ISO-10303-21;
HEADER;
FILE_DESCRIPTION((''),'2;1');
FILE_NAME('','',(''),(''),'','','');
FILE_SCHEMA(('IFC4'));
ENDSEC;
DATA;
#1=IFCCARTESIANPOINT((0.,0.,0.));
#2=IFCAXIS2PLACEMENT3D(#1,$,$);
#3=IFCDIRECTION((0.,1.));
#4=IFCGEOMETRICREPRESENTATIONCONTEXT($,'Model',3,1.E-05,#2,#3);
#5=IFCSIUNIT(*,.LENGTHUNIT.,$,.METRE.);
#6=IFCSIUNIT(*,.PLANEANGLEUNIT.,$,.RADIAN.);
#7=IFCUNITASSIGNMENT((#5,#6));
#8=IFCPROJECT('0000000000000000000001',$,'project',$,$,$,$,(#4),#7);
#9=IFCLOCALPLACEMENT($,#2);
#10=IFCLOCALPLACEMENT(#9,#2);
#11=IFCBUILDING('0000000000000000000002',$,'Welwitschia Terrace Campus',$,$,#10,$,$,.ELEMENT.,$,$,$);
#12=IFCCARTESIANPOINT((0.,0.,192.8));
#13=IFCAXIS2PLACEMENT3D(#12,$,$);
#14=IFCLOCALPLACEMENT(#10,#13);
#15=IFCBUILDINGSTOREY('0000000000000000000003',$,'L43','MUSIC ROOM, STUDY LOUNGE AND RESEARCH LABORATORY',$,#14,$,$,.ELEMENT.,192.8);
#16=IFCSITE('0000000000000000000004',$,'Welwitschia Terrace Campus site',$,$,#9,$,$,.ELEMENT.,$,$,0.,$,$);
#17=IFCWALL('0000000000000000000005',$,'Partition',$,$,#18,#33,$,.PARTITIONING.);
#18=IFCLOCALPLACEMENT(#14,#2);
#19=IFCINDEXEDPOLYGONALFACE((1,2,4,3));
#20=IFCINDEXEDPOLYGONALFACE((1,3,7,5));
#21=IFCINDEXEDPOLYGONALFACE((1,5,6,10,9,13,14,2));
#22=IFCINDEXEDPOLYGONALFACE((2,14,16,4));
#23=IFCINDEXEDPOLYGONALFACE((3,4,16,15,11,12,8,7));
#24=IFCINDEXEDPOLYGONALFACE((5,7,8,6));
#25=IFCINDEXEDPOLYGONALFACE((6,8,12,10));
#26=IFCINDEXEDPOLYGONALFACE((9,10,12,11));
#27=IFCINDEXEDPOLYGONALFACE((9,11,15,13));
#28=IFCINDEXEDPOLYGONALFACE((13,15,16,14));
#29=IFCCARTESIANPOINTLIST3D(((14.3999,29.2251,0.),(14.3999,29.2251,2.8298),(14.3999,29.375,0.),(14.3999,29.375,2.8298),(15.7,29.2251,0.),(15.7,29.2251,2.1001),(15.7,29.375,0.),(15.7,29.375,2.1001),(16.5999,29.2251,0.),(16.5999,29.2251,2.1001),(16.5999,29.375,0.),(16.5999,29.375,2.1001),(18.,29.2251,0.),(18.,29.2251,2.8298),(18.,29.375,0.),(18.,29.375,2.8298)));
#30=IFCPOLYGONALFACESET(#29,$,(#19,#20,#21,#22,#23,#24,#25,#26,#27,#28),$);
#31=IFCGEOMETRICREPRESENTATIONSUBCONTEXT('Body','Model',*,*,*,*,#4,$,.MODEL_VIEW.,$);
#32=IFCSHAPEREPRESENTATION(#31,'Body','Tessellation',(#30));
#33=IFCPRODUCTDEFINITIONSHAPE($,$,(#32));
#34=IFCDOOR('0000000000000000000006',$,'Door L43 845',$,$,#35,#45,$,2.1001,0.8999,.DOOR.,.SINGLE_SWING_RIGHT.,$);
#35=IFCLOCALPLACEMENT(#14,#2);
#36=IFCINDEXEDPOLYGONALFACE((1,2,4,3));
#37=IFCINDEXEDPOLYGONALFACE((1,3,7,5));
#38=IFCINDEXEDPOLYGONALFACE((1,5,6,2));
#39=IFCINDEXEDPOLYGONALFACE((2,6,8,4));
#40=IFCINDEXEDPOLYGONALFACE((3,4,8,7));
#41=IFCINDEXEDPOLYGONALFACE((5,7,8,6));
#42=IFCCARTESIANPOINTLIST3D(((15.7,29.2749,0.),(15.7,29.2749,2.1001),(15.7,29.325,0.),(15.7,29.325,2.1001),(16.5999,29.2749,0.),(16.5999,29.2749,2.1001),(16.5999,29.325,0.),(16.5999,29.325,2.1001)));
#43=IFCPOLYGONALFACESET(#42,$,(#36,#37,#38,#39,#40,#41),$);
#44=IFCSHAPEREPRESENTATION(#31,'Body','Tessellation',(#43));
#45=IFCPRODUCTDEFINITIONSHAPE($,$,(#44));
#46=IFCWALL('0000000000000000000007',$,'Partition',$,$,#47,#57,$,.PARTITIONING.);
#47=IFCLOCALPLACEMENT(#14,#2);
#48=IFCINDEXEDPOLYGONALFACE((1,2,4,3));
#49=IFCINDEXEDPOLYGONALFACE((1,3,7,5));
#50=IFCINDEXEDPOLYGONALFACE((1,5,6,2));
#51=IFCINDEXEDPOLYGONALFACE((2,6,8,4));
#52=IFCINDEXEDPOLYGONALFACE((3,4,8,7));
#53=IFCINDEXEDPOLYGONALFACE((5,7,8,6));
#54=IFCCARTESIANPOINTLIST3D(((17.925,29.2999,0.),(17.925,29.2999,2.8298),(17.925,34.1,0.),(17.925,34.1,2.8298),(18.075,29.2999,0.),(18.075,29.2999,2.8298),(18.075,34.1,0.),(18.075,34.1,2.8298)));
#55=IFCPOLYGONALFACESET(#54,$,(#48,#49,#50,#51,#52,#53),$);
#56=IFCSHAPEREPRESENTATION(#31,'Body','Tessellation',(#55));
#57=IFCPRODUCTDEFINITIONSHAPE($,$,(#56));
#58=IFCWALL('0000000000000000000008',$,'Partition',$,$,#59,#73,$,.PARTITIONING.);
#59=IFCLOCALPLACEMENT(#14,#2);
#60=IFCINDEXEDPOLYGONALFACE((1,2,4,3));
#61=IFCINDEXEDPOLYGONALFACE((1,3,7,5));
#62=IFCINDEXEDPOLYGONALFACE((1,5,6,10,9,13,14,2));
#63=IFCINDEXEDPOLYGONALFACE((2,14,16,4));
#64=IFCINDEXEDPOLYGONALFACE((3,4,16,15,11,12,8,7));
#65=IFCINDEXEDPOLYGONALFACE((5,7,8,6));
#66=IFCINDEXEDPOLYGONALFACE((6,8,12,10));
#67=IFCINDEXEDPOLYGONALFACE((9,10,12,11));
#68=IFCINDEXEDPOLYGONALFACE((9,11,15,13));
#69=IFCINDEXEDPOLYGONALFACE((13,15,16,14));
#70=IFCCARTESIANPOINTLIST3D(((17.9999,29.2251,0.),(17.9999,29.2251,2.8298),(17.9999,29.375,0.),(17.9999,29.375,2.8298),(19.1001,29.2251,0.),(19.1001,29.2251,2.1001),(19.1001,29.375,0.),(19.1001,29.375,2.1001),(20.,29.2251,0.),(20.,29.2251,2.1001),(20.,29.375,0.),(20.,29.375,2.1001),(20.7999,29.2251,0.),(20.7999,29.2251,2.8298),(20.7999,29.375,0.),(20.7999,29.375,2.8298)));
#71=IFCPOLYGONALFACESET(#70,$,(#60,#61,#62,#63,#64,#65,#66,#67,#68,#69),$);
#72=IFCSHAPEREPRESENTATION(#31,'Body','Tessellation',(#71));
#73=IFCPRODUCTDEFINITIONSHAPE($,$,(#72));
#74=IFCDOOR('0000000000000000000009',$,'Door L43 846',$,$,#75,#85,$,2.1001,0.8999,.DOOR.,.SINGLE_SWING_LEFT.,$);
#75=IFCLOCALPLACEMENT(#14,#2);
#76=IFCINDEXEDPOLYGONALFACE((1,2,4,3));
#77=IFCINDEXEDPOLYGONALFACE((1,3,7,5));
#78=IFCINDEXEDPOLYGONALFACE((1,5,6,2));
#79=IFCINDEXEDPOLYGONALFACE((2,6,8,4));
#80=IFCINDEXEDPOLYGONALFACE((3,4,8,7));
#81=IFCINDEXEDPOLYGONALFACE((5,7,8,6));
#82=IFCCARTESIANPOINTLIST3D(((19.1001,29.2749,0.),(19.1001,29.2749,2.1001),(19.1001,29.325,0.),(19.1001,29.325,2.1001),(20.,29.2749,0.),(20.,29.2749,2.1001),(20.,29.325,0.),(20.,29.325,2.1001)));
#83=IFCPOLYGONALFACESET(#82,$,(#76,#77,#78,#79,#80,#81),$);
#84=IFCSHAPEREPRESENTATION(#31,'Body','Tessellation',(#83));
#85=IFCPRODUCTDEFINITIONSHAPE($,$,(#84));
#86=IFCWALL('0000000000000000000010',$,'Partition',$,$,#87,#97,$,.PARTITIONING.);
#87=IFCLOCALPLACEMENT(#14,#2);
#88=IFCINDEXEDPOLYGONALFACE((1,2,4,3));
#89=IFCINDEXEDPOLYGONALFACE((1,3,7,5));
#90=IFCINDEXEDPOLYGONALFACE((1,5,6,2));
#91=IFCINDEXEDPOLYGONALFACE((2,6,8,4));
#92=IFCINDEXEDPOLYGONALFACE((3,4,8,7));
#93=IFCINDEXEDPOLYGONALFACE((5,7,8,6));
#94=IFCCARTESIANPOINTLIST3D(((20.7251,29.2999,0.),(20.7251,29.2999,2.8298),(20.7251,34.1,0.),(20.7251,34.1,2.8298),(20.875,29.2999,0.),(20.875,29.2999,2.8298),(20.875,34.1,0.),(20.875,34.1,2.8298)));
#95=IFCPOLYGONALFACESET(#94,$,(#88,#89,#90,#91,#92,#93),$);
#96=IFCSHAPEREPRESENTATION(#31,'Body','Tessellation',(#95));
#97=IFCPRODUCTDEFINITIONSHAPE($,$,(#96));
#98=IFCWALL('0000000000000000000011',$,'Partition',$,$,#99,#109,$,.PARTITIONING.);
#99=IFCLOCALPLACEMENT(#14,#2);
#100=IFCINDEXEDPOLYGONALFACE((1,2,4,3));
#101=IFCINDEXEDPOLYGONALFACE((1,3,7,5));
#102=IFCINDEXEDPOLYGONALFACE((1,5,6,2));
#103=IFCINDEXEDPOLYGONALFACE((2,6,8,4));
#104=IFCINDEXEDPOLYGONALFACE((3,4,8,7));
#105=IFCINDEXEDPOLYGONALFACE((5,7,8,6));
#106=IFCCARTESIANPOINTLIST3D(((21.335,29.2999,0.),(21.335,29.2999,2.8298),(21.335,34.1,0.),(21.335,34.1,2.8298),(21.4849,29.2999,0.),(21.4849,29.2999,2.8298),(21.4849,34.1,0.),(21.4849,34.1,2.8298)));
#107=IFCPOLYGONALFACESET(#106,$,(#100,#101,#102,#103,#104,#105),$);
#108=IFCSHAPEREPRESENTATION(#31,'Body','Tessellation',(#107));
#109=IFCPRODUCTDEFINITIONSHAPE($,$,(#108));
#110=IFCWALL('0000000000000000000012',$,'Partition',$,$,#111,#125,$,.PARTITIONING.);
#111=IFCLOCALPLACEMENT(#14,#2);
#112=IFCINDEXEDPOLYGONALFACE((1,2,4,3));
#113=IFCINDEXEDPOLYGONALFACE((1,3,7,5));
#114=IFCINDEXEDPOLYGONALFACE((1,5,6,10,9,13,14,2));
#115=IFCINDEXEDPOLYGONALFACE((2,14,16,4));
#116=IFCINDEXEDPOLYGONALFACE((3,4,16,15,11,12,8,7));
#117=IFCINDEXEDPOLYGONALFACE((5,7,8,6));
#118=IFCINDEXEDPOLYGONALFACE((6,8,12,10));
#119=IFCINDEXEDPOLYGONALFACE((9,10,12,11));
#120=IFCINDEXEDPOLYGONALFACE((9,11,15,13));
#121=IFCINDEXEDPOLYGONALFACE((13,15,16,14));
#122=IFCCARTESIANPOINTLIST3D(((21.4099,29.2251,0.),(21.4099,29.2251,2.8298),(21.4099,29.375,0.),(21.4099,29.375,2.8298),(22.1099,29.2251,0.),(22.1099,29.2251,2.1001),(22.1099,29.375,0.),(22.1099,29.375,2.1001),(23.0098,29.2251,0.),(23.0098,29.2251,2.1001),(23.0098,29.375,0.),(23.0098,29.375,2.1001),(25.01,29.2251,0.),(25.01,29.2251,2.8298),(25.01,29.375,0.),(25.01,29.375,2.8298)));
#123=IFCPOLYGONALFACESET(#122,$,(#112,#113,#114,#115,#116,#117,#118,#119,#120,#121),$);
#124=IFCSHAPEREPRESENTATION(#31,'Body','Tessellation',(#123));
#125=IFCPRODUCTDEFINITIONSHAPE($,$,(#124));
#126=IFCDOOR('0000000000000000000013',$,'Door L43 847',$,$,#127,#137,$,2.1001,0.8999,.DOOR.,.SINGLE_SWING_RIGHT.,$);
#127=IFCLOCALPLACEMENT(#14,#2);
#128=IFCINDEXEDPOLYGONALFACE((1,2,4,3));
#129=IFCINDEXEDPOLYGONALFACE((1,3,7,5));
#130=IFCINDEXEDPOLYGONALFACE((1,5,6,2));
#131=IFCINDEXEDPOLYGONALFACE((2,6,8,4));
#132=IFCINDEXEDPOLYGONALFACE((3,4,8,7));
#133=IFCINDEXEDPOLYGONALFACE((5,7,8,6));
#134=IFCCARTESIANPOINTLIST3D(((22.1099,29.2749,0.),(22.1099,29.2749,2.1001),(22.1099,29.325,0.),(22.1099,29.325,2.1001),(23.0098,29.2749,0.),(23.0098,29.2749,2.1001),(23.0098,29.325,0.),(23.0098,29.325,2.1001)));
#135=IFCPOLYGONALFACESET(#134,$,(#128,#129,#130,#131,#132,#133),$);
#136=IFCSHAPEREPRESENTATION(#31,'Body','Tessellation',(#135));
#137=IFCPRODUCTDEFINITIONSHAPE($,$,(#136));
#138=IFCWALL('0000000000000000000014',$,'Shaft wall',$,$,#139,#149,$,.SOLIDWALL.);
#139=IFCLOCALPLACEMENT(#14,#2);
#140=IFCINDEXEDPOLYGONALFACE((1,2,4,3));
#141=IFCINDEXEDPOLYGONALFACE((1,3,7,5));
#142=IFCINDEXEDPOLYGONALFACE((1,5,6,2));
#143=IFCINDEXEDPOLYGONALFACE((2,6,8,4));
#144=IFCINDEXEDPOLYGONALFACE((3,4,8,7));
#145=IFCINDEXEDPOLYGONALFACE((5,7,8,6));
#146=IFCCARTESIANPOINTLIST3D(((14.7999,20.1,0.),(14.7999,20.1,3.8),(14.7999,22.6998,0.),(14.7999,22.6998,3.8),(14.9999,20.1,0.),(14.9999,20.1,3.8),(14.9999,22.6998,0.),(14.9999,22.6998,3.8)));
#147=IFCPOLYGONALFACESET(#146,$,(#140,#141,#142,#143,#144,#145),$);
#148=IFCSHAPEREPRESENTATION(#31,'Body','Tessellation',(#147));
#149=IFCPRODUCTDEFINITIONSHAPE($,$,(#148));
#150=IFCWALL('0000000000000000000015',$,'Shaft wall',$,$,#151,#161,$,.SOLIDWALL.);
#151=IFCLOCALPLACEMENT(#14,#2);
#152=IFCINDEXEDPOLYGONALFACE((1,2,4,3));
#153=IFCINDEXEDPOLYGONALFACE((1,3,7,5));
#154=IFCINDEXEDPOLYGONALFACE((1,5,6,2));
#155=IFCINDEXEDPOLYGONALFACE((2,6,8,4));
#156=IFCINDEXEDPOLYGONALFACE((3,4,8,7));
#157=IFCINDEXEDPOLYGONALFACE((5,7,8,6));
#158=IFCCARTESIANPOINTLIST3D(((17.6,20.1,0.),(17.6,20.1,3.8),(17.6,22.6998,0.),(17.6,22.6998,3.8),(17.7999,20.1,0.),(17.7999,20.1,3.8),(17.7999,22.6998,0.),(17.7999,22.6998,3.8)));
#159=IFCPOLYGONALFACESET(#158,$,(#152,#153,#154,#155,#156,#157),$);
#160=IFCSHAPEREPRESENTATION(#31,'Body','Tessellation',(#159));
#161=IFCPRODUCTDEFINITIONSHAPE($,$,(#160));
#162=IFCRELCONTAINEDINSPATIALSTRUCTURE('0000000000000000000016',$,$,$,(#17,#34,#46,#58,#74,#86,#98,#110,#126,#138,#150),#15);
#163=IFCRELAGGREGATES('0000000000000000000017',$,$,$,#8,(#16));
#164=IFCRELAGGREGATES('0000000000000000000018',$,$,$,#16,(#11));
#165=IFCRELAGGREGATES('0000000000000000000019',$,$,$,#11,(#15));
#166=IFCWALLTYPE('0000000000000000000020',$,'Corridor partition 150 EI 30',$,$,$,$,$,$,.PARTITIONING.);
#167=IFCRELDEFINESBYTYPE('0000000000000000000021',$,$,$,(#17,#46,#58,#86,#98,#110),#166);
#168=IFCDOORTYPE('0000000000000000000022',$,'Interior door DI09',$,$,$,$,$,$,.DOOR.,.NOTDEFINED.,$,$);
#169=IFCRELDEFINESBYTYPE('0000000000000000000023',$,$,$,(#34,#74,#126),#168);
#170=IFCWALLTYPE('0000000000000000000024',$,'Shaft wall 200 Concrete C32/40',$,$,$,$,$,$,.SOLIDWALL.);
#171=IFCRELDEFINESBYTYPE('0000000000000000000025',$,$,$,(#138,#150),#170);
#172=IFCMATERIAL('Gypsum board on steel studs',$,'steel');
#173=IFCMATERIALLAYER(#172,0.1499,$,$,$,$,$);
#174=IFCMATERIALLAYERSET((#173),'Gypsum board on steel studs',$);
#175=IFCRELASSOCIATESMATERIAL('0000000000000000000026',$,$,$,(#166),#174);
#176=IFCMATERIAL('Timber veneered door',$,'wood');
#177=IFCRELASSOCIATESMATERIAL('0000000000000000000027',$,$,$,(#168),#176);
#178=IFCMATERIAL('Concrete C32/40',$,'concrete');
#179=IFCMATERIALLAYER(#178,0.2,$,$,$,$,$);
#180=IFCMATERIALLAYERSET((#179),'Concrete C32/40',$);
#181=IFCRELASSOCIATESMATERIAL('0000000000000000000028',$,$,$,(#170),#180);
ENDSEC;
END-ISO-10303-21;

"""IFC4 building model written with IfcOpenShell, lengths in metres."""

from ifc_helpers import new_model, si_unit, direction, frame, frame_2d, origin, place, context, subcontext, project, spatial, rectangle, extrude, material, layer, layer_set, type_object, element, fill, save


model = new_model("IFC4")

# Units and contexts
model_context = context("Model", 3, precision=1e-05, world=origin(), true_north=direction((0.0, 1.0)))
body_context = subcontext(model_context, "Body", "Model", "MODEL_VIEW")
ifc_project = project(units=[si_unit("LENGTHUNIT", "METRE"), si_unit("PLANEANGLEUNIT", "RADIAN")], contexts=[model_context])

# Site, building, storey
site_placement = place(None, origin())
site = spatial("IfcSite", under=ifc_project, at=site_placement, Name="Welwitschia Terrace Campus site", CompositionType="ELEMENT", RefElevation=0.0)
building_placement = place(site_placement, origin())
building = spatial("IfcBuilding", under=site, at=building_placement, Name="Welwitschia Terrace Campus", CompositionType="ELEMENT")
storey_placement = place(building_placement, frame((0.0, 0.0, 192.8)))
storey = spatial("IfcBuildingStorey", under=building, at=storey_placement, Name="L43", Description="MUSIC ROOM, STUDY LOUNGE AND RESEARCH LABORATORY", CompositionType="ELEMENT", Elevation=192.8)

# Wall, opening, door
ifc_material_1 = material(Name="Gypsum board on steel studs", Category="steel")
ifc_layer_1 = layer(ifc_material_1, 0.1499)
ifc_layer_set_1 = layer_set([ifc_layer_1], Name="Gypsum board on steel studs")
wall_type_1 = type_object("IfcWallType", Name="Corridor partition 150 EI 30", PredefinedType="PARTITIONING", material=ifc_layer_set_1)
wall_1_placement = place(storey_placement, frame((14.3999, 29.3, 0.0), z_axis=(0.0, 0.0, 1.0), x_axis=(1.0, 0.0, 0.0)))
wall_1 = element("IfcWall", 1, at=wall_1_placement, inside=storey, type_object=wall_type_1, Name="Partition", PredefinedType="PARTITIONING", context=body_context, shape_type="SweptSolid", body=[
    extrude(rectangle(XDim=3.6001, YDim=0.1499, at=frame_2d((1.8, 0.0))), origin(), (0.0, 0.0, 1.0), 2.8298),
])
opening_1_placement = place(wall_1_placement, frame((1.3, 0.0, 0.0)))
opening_1 = element("IfcOpeningElement", 2, at=opening_1_placement, cuts=wall_1, PredefinedType="OPENING", context=body_context, shape_type="SweptSolid", body=[
    extrude(rectangle(XDim=0.8999, YDim=2.1001, at=frame_2d((0.45, 1.05))), frame((0.0, 0.085, 0.0), z_axis=(0.0, -1.0, 0.0), x_axis=(1.0, 0.0, 0.0)), (0.0, 0.0, 1.0), 0.1699),
])
ifc_material_2 = material(Name="Timber veneered door", Category="wood")
door_type_1 = type_object("IfcDoorType", Name="Interior door DI09", OperationType="NOTDEFINED", PredefinedType="DOOR", material=ifc_material_2)
door_1_placement = place(opening_1_placement, origin())
door_1 = element("IfcDoor", 3, at=door_1_placement, inside=storey, type_object=door_type_1, Name="Door L43 845", OperationType="SINGLE_SWING_RIGHT", OverallHeight=2.1001, OverallWidth=0.8999, PredefinedType="DOOR", context=body_context, shape_type="SweptSolid", body=[
    extrude(rectangle(XDim=0.8999, YDim=2.1001, at=frame_2d((0.45, 1.05))), frame((0.0, 0.0249, 0.0), z_axis=(0.0, -1.0, 0.0), x_axis=(1.0, 0.0, 0.0)), (0.0, 0.0, 1.0), 0.05),
])
fill(opening_1, door_1)

# Wall
wall_2_placement = place(storey_placement, frame((18.0, 29.3, 0.0), z_axis=(0.0, 0.0, 1.0), x_axis=(0.0, 1.0, 0.0)))
element("IfcWall", 4, at=wall_2_placement, inside=storey, type_object=wall_type_1, Name="Partition", PredefinedType="PARTITIONING", context=body_context, shape_type="SweptSolid", body=[
    extrude(rectangle(XDim=4.8, YDim=0.1499, at=frame_2d((2.3999, 0.0))), origin(), (0.0, 0.0, 1.0), 2.8298),
])

# Wall, opening, door
wall_3_placement = place(storey_placement, frame((18.0, 29.3, 0.0), z_axis=(0.0, 0.0, 1.0), x_axis=(1.0, 0.0, 0.0)))
wall_3 = element("IfcWall", 5, at=wall_3_placement, inside=storey, type_object=wall_type_1, Name="Partition", PredefinedType="PARTITIONING", context=body_context, shape_type="SweptSolid", body=[
    extrude(rectangle(XDim=2.8, YDim=0.1499, at=frame_2d((1.3999, 0.0))), origin(), (0.0, 0.0, 1.0), 2.8298),
])
opening_2_placement = place(wall_3_placement, frame((1.1001, 0.0, 0.0)))
opening_2 = element("IfcOpeningElement", 6, at=opening_2_placement, cuts=wall_3, PredefinedType="OPENING", context=body_context, shape_type="SweptSolid", body=[
    extrude(rectangle(XDim=0.8999, YDim=2.1001, at=frame_2d((0.45, 1.05))), frame((0.0, 0.085, 0.0), z_axis=(0.0, -1.0, 0.0), x_axis=(1.0, 0.0, 0.0)), (0.0, 0.0, 1.0), 0.1699),
])
door_2_placement = place(opening_2_placement, origin())
door_2 = element("IfcDoor", 7, at=door_2_placement, inside=storey, type_object=door_type_1, Name="Door L43 846", OperationType="SINGLE_SWING_LEFT", OverallHeight=2.1001, OverallWidth=0.8999, PredefinedType="DOOR", context=body_context, shape_type="SweptSolid", body=[
    extrude(rectangle(XDim=0.8999, YDim=2.1001, at=frame_2d((0.45, 1.05))), frame((0.0, 0.0249, 0.0), z_axis=(0.0, -1.0, 0.0), x_axis=(1.0, 0.0, 0.0)), (0.0, 0.0, 1.0), 0.05),
])
fill(opening_2, door_2)

# Walls
for number, where, z_axis, x_axis, name in (
    (8, (20.8, 29.3, 0.0), (0.0, 0.0, 1.0), (0.0, 1.0, 0.0), "Partition"),
    (9, (21.4099, 29.3, 0.0), (0.0, 0.0, 1.0), (0.0, 1.0, 0.0), "Partition"),
):
    element("IfcWall", number, at=place(storey_placement, frame(where, z_axis=z_axis, x_axis=x_axis)), inside=storey, type_object=wall_type_1, Name=name, PredefinedType="PARTITIONING", context=body_context, shape_type="SweptSolid", body=[
        extrude(rectangle(XDim=4.8, YDim=0.1499, at=frame_2d((2.3999, 0.0))), origin(), (0.0, 0.0, 1.0), 2.8298),
    ])

# Wall, opening, door
wall_4_placement = place(storey_placement, frame((21.4099, 29.3, 0.0), z_axis=(0.0, 0.0, 1.0), x_axis=(1.0, 0.0, 0.0)))
wall_4 = element("IfcWall", 10, at=wall_4_placement, inside=storey, type_object=wall_type_1, Name="Partition", PredefinedType="PARTITIONING", context=body_context, shape_type="SweptSolid", body=[
    extrude(rectangle(XDim=3.6001, YDim=0.1499, at=frame_2d((1.8, 0.0))), origin(), (0.0, 0.0, 1.0), 2.8298),
])
opening_3_placement = place(wall_4_placement, frame((0.7, 0.0, 0.0)))
opening_3 = element("IfcOpeningElement", 11, at=opening_3_placement, cuts=wall_4, PredefinedType="OPENING", context=body_context, shape_type="SweptSolid", body=[
    extrude(rectangle(XDim=0.8999, YDim=2.1001, at=frame_2d((0.45, 1.05))), frame((0.0, 0.085, 0.0), z_axis=(0.0, -1.0, 0.0), x_axis=(1.0, 0.0, 0.0)), (0.0, 0.0, 1.0), 0.1699),
])
door_3_placement = place(opening_3_placement, origin())
door_3 = element("IfcDoor", 12, at=door_3_placement, inside=storey, type_object=door_type_1, Name="Door L43 847", OperationType="SINGLE_SWING_RIGHT", OverallHeight=2.1001, OverallWidth=0.8999, PredefinedType="DOOR", context=body_context, shape_type="SweptSolid", body=[
    extrude(rectangle(XDim=0.8999, YDim=2.1001, at=frame_2d((0.45, 1.05))), frame((0.0, 0.0249, 0.0), z_axis=(0.0, -1.0, 0.0), x_axis=(1.0, 0.0, 0.0)), (0.0, 0.0, 1.0), 0.05),
])
fill(opening_3, door_3)

# Walls
ifc_material_3 = material(Name="Concrete C32/40", Category="concrete")
ifc_layer_2 = layer(ifc_material_3, 0.2)
ifc_layer_set_2 = layer_set([ifc_layer_2], Name="Concrete C32/40")
wall_type_2 = type_object("IfcWallType", Name="Shaft wall 200 Concrete C32/40", PredefinedType="SOLIDWALL", material=ifc_layer_set_2)
for number, where, z_axis, x_axis, name in (
    (13, (14.8999, 20.1001, 0.0), (0.0, 0.0, 1.0), (0.0, 1.0, 0.0), "Shaft wall"),
    (14, (17.7, 20.1001, 0.0), (0.0, 0.0, 1.0), (0.0, 1.0, 0.0), "Shaft wall"),
):
    element("IfcWall", number, at=place(storey_placement, frame(where, z_axis=z_axis, x_axis=x_axis)), inside=storey, type_object=wall_type_2, Name=name, PredefinedType="SOLIDWALL", context=body_context, shape_type="SweptSolid", body=[
        extrude(rectangle(XDim=2.5999, YDim=0.2, at=frame_2d((1.2998, 0.0))), origin(), (0.0, 0.0, 1.0), 3.8),
    ])

save(model, "model.ifc")
